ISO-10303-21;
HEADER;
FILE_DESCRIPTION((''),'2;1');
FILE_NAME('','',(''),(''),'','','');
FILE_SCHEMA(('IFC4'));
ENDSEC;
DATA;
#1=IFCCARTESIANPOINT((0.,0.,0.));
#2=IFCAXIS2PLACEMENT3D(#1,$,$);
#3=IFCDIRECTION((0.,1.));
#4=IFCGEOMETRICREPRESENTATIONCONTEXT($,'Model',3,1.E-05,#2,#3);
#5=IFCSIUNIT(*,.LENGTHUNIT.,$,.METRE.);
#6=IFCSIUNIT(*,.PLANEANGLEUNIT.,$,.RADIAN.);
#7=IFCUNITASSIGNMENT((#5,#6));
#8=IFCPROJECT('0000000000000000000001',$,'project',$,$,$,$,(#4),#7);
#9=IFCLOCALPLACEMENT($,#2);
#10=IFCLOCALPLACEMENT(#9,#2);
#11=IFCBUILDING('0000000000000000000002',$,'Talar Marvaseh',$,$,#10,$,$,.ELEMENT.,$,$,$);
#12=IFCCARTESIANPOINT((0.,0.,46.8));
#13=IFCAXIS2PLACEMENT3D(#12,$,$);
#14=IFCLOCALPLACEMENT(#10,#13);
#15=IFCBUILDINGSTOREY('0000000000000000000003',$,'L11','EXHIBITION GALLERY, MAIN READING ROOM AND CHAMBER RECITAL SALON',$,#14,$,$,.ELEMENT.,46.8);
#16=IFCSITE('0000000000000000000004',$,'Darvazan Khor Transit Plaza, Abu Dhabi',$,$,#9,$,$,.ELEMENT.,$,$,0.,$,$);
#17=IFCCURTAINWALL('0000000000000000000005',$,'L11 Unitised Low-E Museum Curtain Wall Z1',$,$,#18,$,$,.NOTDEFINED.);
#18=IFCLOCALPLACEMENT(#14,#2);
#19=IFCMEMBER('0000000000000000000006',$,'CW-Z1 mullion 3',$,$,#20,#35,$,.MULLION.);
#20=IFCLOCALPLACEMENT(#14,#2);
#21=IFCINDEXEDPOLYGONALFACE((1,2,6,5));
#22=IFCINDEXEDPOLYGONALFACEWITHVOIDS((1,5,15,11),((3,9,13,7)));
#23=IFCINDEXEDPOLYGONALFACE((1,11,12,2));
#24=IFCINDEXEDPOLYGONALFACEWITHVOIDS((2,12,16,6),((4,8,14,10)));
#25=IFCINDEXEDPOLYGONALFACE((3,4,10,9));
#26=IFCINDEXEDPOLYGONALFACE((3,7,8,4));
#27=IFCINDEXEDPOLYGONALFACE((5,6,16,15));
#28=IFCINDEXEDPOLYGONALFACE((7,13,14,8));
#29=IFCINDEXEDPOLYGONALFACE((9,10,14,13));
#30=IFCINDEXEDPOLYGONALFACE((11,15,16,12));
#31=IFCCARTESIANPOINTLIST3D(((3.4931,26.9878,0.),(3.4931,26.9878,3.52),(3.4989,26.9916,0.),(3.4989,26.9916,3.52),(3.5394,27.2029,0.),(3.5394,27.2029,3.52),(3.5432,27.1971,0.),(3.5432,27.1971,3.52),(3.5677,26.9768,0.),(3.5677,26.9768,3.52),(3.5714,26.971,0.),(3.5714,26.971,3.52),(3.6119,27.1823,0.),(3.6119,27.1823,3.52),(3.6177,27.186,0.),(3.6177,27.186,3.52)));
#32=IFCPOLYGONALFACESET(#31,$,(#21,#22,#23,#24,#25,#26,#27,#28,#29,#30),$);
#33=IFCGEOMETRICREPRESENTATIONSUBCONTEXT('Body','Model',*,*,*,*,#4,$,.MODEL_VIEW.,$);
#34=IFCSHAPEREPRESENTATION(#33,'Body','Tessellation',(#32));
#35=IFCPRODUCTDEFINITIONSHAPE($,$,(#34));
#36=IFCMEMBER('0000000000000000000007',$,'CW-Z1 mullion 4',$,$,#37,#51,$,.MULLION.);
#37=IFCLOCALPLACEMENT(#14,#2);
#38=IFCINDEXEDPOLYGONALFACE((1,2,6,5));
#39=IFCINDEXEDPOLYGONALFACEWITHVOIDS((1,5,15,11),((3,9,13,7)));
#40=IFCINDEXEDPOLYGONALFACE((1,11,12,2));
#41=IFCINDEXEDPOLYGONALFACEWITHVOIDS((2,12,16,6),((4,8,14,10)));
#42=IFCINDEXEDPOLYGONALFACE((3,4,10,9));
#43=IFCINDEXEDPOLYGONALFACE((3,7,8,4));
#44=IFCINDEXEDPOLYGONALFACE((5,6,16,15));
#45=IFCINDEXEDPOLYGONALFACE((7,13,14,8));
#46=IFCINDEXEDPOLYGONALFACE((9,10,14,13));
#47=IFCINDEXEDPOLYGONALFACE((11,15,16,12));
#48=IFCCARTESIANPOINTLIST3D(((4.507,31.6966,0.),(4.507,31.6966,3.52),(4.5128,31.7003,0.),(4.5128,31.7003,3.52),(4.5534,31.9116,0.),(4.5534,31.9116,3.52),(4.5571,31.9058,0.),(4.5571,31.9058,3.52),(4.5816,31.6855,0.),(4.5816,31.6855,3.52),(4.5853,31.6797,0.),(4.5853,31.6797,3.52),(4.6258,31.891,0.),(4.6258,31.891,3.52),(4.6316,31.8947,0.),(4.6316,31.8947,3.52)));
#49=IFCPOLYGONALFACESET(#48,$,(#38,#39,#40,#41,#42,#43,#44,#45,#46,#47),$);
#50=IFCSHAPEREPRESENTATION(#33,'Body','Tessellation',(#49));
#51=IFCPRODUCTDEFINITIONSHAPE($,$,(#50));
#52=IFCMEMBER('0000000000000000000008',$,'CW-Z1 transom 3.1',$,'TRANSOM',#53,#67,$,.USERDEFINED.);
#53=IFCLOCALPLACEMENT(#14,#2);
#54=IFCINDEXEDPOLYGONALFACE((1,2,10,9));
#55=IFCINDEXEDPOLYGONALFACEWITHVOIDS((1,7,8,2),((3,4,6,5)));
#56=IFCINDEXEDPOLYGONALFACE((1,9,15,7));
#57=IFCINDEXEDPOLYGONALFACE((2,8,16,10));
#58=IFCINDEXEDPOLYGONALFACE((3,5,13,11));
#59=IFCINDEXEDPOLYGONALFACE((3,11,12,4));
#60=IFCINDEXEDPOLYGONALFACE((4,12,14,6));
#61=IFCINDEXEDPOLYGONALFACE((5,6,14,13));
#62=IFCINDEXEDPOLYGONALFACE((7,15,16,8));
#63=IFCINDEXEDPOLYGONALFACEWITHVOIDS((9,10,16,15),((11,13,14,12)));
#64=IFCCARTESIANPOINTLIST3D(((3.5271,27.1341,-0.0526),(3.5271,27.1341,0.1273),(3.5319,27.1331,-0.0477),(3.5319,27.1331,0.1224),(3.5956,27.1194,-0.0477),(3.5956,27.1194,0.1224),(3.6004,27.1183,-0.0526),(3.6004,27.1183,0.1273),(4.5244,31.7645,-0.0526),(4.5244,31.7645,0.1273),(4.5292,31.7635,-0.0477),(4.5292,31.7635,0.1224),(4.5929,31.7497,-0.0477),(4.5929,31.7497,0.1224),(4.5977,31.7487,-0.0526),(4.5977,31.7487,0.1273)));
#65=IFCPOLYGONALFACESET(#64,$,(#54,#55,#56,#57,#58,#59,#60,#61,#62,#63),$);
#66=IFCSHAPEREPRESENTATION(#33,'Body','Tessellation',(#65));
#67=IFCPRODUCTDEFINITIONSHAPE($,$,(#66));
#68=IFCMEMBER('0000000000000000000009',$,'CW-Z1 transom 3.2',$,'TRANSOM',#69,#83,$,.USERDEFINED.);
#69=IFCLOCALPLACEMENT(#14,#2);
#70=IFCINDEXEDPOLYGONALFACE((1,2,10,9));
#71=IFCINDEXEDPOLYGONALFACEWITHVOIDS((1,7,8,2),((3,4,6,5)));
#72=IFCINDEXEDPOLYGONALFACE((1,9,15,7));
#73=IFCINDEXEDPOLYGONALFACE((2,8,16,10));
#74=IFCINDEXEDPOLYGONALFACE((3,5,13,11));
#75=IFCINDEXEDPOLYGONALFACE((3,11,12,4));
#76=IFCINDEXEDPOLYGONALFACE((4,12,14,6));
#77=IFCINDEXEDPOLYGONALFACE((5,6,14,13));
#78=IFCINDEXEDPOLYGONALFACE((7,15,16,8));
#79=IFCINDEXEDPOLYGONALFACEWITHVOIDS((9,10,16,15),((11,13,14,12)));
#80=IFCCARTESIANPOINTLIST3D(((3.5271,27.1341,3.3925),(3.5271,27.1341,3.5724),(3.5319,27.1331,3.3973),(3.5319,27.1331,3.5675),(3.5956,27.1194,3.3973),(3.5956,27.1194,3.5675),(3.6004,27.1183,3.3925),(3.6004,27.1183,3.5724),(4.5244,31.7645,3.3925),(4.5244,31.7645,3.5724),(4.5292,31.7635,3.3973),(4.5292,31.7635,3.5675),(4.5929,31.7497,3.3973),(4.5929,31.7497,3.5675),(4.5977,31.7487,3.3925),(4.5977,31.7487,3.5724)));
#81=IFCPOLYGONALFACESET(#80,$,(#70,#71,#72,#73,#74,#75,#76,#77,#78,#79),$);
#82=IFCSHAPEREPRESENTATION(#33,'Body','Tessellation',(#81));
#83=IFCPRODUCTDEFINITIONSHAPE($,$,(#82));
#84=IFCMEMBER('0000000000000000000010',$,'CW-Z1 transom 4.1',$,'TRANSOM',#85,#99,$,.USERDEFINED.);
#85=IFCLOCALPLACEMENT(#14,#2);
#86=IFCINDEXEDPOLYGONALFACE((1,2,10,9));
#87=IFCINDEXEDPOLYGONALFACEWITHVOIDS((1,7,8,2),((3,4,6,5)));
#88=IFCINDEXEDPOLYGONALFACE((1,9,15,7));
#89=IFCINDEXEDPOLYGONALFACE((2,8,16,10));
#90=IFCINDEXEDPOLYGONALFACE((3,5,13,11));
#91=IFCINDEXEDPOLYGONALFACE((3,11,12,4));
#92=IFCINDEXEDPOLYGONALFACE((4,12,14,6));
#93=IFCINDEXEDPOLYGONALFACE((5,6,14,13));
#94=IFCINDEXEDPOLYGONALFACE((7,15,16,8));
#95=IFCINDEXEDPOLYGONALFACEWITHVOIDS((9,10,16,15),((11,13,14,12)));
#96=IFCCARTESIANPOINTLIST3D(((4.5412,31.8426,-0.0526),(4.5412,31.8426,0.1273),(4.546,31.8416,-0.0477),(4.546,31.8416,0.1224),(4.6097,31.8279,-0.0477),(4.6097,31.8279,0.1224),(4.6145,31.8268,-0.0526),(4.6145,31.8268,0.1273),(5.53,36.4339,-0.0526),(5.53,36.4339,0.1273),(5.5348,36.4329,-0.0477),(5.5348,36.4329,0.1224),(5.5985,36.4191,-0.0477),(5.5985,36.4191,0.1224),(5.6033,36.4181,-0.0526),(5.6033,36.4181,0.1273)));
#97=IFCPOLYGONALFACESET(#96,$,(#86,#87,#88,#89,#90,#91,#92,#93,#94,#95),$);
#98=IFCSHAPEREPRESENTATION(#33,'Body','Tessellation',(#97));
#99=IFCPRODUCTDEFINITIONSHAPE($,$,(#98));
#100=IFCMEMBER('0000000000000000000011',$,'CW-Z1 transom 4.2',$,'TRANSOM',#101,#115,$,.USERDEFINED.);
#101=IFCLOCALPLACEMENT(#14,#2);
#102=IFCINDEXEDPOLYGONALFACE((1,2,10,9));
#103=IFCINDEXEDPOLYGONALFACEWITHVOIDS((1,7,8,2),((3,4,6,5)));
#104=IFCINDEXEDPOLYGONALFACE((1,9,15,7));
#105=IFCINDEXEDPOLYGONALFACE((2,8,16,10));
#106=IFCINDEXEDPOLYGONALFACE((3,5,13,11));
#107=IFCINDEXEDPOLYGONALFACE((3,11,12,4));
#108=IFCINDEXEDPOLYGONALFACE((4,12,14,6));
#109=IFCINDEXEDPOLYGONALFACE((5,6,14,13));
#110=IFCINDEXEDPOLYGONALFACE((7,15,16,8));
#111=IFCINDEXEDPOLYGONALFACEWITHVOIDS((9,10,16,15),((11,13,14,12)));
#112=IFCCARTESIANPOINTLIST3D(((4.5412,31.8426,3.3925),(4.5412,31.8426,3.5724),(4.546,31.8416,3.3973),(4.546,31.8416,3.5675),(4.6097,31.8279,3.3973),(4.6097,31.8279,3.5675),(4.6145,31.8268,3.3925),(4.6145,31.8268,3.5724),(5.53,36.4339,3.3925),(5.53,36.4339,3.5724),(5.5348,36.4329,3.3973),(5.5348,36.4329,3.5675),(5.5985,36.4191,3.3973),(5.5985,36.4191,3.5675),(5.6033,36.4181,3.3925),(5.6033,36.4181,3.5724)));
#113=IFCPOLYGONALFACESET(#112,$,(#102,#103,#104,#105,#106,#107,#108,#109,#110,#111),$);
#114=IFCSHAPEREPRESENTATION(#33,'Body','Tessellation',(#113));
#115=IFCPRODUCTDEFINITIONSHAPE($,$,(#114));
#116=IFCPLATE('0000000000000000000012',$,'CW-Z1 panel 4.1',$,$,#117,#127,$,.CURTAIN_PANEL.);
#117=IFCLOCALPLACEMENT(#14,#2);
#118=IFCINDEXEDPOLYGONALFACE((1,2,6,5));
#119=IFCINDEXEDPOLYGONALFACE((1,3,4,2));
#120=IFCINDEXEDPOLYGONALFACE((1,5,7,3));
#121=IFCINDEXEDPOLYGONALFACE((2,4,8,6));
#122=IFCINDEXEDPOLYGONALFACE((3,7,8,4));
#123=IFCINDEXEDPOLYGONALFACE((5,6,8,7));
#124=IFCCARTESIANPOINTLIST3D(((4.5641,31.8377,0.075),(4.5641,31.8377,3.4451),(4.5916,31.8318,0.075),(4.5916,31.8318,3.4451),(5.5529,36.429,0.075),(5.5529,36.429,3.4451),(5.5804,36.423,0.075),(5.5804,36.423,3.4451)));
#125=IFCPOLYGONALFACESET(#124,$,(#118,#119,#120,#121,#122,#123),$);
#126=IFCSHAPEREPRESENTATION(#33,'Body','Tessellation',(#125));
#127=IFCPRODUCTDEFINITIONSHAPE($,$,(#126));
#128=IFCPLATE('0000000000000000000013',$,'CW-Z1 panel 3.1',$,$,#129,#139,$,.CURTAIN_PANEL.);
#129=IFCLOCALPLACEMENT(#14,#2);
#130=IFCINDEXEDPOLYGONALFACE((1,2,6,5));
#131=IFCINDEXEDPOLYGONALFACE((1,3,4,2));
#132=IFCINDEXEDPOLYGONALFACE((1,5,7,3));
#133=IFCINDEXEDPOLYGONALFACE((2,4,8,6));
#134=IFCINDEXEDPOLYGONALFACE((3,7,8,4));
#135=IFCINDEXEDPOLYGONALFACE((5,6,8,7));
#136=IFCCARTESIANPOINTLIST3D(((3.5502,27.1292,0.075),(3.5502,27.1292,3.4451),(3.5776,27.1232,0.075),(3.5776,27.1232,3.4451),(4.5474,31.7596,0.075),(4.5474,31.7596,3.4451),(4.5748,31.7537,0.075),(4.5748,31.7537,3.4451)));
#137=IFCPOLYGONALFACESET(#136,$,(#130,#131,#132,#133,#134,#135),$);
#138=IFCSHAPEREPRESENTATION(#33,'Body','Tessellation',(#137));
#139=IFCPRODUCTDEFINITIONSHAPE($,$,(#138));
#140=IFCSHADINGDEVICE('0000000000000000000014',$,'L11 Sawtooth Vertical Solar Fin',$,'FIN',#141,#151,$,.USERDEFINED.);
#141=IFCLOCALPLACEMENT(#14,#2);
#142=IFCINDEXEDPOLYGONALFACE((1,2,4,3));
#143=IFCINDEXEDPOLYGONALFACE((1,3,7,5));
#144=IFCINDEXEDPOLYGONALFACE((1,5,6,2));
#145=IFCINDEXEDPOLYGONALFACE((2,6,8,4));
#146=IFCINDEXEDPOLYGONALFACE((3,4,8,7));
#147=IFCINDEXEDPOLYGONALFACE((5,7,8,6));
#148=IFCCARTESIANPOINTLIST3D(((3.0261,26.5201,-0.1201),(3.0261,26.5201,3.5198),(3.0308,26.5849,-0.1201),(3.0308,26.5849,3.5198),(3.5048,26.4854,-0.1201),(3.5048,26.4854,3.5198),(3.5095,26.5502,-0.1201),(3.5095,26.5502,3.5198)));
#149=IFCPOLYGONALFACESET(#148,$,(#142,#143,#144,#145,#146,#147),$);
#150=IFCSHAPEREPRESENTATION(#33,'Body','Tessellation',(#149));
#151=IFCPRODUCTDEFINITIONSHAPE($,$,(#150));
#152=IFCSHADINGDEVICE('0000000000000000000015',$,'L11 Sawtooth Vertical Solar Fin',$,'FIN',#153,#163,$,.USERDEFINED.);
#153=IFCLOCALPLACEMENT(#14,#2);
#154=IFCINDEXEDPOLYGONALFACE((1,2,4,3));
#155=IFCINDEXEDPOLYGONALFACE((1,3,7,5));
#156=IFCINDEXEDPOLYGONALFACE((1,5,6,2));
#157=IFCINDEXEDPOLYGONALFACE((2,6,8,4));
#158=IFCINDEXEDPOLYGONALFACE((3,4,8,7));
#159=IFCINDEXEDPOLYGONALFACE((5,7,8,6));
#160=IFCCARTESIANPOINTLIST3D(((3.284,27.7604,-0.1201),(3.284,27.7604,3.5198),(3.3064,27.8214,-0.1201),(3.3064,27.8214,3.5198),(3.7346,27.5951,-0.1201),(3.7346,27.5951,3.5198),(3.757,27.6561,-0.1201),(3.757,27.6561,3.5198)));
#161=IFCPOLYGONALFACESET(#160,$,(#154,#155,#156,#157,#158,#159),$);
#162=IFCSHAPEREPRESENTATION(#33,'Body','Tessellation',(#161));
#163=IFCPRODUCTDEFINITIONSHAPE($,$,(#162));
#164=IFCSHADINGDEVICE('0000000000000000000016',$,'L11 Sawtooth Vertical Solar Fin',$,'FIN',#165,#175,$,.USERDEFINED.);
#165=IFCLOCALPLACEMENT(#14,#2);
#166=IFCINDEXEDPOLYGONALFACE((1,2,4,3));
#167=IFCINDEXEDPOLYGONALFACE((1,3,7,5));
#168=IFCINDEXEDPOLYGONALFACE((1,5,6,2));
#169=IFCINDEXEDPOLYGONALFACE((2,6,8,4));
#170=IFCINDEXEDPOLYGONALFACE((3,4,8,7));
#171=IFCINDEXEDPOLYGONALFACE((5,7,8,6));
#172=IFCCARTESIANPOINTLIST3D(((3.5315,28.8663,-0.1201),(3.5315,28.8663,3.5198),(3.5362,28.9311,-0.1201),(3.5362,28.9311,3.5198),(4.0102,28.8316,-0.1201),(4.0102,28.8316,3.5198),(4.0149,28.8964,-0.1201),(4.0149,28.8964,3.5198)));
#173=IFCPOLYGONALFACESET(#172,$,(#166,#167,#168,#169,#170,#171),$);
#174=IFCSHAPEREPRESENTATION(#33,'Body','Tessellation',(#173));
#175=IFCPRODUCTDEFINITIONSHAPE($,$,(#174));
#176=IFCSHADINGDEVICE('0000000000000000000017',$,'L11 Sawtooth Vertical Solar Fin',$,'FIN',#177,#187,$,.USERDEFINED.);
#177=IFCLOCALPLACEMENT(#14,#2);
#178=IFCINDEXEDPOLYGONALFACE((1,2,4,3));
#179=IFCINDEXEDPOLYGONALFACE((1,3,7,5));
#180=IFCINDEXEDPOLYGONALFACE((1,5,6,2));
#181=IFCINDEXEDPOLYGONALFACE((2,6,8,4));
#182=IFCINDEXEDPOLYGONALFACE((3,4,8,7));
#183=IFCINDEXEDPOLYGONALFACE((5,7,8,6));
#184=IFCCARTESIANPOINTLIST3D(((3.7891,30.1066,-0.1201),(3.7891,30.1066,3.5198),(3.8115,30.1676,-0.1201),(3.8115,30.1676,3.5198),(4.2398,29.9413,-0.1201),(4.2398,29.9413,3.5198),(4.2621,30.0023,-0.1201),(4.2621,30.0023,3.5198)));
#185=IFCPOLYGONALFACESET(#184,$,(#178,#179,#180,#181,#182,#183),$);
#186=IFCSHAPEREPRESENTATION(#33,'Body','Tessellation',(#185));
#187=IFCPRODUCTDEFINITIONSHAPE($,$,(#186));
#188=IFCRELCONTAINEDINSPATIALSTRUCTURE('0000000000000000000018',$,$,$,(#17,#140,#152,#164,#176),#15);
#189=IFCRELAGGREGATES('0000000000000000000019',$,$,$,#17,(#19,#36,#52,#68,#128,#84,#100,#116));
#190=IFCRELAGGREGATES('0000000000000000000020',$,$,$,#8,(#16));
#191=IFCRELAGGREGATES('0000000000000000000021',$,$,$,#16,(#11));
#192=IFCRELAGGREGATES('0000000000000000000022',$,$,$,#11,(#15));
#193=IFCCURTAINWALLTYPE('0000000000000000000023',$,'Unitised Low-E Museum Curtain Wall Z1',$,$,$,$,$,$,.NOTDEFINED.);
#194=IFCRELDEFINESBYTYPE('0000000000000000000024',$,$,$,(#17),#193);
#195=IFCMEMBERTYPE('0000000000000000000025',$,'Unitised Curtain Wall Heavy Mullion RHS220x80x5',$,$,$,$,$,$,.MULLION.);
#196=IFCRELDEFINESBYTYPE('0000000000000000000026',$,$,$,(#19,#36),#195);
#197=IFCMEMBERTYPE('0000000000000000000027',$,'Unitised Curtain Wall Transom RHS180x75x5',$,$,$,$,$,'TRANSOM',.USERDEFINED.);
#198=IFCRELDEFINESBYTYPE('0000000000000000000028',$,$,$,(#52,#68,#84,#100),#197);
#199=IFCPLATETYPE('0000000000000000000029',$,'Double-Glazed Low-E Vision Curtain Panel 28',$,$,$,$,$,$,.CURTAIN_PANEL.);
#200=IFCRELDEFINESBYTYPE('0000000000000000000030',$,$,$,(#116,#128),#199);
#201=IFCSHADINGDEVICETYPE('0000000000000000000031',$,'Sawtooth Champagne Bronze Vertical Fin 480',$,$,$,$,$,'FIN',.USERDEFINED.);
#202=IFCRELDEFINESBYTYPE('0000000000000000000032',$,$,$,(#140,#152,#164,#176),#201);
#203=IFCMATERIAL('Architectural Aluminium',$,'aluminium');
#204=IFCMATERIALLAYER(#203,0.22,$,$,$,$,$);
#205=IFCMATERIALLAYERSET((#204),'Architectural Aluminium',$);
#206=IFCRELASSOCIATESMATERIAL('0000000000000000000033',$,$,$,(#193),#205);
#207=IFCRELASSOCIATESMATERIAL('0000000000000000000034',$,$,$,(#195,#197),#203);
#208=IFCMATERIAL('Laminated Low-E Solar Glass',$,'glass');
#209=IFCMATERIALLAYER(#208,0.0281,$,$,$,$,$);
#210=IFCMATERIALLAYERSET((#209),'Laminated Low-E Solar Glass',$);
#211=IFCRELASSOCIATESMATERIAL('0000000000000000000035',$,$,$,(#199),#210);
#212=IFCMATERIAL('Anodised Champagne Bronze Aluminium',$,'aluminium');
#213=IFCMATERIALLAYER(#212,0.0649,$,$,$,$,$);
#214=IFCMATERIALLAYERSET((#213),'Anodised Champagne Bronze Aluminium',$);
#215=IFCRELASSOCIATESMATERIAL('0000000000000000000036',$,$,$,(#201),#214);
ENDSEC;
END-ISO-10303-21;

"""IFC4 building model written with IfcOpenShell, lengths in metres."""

from ifc_helpers import new_model, si_unit, direction, frame, origin, origin_2d, place, context, subcontext, project, spatial, rectangle, hollow_rectangle, extrude, source, transform, mapped, material, layer, layer_set, material_profile, profile_set, type_object, type_shapes, element, aggregate, save


model = new_model("IFC4")

# Units and contexts
model_context = context("Model", 3, precision=1e-05, world=origin(), true_north=direction((0.0, 1.0)))
body_context = subcontext(model_context, "Body", "Model", "MODEL_VIEW")
ifc_project = project(units=[si_unit("LENGTHUNIT", "METRE"), si_unit("PLANEANGLEUNIT", "RADIAN")], contexts=[model_context])

# Site, building, storey
site_placement = place(None, origin())
site = spatial("IfcSite", under=ifc_project, at=site_placement, Name="Darvazan Khor Transit Plaza, Abu Dhabi", CompositionType="ELEMENT", RefElevation=0.0)
building_placement = place(site_placement, origin())
building = spatial("IfcBuilding", under=site, at=building_placement, Name="Talar Marvaseh", CompositionType="ELEMENT")
storey_placement = place(building_placement, frame((0.0, 0.0, 46.8)))
storey = spatial("IfcBuildingStorey", under=building, at=storey_placement, Name="L11", Description="EXHIBITION GALLERY, MAIN READING ROOM AND CHAMBER RECITAL SALON", CompositionType="ELEMENT", Elevation=46.8)

# Curtain wall, members, plates
ifc_material_1 = material(Name="Architectural Aluminium", Category="aluminium")
ifc_layer_1 = layer(ifc_material_1, 0.22)
ifc_layer_set_1 = layer_set([ifc_layer_1], Name="Architectural Aluminium")
curtain_wall_type = type_object("IfcCurtainWallType", Name="Unitised Low-E Museum Curtain Wall Z1", PredefinedType="NOTDEFINED", material=ifc_layer_set_1)
curtain_wall_placement = place(storey_placement, origin())
curtain_wall = element("IfcCurtainWall", 1, at=curtain_wall_placement, inside=storey, type_object=curtain_wall_type, Name="L11 Unitised Low-E Museum Curtain Wall Z1", PredefinedType="NOTDEFINED")
ifc_material_profile_1 = material_profile(ifc_material_1, hollow_rectangle(XDim=0.0801, YDim=0.22, WallThickness=0.0049, at=origin_2d()), Name="RHS220x80x5")
ifc_profile_set_1 = profile_set([ifc_material_profile_1], Name="Architectural Aluminium")
member_type_1 = type_object("IfcMemberType", Name="Unitised Curtain Wall Heavy Mullion RHS220x80x5", PredefinedType="MULLION", material=ifc_profile_set_1)
shared_shape_1 = source(origin(), body_context, "Body", "SweptSolid", [
    extrude(hollow_rectangle(XDim=0.0801, YDim=0.22, WallThickness=0.0049, at=origin_2d()), origin(), (0.0, 0.0, 1.0), 3.52),
])
type_shapes(member_type_1, [shared_shape_1])
member_1_placement = place(storey_placement, frame((3.5554, 27.0869, 0.0), z_axis=(0.0, 0.0, 1.0), x_axis=(-0.977586, 0.210537, 0.0)))
member_1 = element("IfcMember", 2, at=member_1_placement, type_object=member_type_1, Name="CW-Z1 mullion 3", PredefinedType="MULLION", context=body_context, shape_type="MappedRepresentation", body=[
    mapped(shared_shape_1, transform((0.0, 0.0, 0.0), x_axis=(1.0, 0.0, 0.0), y_axis=(0.0, 1.0, 0.0), z_axis=(0.0, 0.0, 1.0), scale=1.0)),
])
member_2_placement = place(storey_placement, frame((4.5693, 31.7957, 0.0), z_axis=(0.0, 0.0, 1.0), x_axis=(-0.977586, 0.210537, 0.0)))
member_2 = element("IfcMember", 3, at=member_2_placement, type_object=member_type_1, Name="CW-Z1 mullion 4", PredefinedType="MULLION", context=body_context, shape_type="MappedRepresentation", body=[
    mapped(shared_shape_1, transform((0.0, 0.0, 0.0), x_axis=(1.0, 0.0, 0.0), y_axis=(0.0, 1.0, 0.0), z_axis=(0.0, 0.0, 1.0), scale=1.0)),
])
ifc_material_profile_2 = material_profile(ifc_material_1, hollow_rectangle(XDim=0.075, YDim=0.1799, WallThickness=0.0049, at=origin_2d()), Name="RHS180x75x5")
ifc_profile_set_2 = profile_set([ifc_material_profile_2], Name="Architectural Aluminium")
member_type_2 = type_object("IfcMemberType", Name="Unitised Curtain Wall Transom RHS180x75x5", ElementType="TRANSOM", PredefinedType="USERDEFINED", material=ifc_profile_set_2)
shared_shape_2 = source(origin(), body_context, "Body", "SweptSolid", [
    extrude(hollow_rectangle(XDim=0.075, YDim=0.1799, WallThickness=0.0049, at=origin_2d()), origin(), (0.0, 0.0, 1.0), 4.7366),
])
member_3_placement = place(storey_placement, frame((3.5637, 27.1262, 0.0374), z_axis=(0.210557, 0.977582, 0.0), x_axis=(-0.977582, 0.210557, 0.0)))
member_3 = element("IfcMember", 4, at=member_3_placement, type_object=member_type_2, Name="CW-Z1 transom 3.1", ObjectType="TRANSOM", PredefinedType="USERDEFINED", context=body_context, shape_type="MappedRepresentation", body=[
    mapped(shared_shape_2, transform((0.0, 0.0, 0.0), x_axis=(1.0, 0.0, 0.0), y_axis=(0.0, 1.0, 0.0), z_axis=(0.0, 0.0, 1.0), scale=1.0)),
])
member_4_placement = place(storey_placement, frame((3.5637, 27.1262, 3.4824), z_axis=(0.210557, 0.977582, 0.0), x_axis=(-0.977582, 0.210557, 0.0)))
member_4 = element("IfcMember", 5, at=member_4_placement, type_object=member_type_2, Name="CW-Z1 transom 3.2", ObjectType="TRANSOM", PredefinedType="USERDEFINED", context=body_context, shape_type="MappedRepresentation", body=[
    mapped(shared_shape_2, transform((0.0, 0.0, 0.0), x_axis=(1.0, 0.0, 0.0), y_axis=(0.0, 1.0, 0.0), z_axis=(0.0, 0.0, 1.0), scale=1.0)),
])
shared_shape_3 = source(origin(), body_context, "Body", "SweptSolid", [
    extrude(hollow_rectangle(XDim=0.075, YDim=0.1799, WallThickness=0.0049, at=origin_2d()), origin(), (0.0, 0.0, 1.0), 4.6965),
])
type_shapes(member_type_2, [shared_shape_2, shared_shape_3])
member_5_placement = place(storey_placement, frame((4.5779, 31.8347, 0.0374), z_axis=(0.21053, 0.977587, 0.0), x_axis=(-0.977587, 0.21053, 0.0)))
member_5 = element("IfcMember", 6, at=member_5_placement, type_object=member_type_2, Name="CW-Z1 transom 4.1", ObjectType="TRANSOM", PredefinedType="USERDEFINED", context=body_context, shape_type="MappedRepresentation", body=[
    mapped(shared_shape_3, transform((0.0, 0.0, 0.0), x_axis=(1.0, 0.0, 0.0), y_axis=(0.0, 1.0, 0.0), z_axis=(0.0, 0.0, 1.0), scale=1.0)),
])
member_6_placement = place(storey_placement, frame((4.5779, 31.8347, 3.4824), z_axis=(0.21053, 0.977587, 0.0), x_axis=(-0.977587, 0.21053, 0.0)))
member_6 = element("IfcMember", 7, at=member_6_placement, type_object=member_type_2, Name="CW-Z1 transom 4.2", ObjectType="TRANSOM", PredefinedType="USERDEFINED", context=body_context, shape_type="MappedRepresentation", body=[
    mapped(shared_shape_3, transform((0.0, 0.0, 0.0), x_axis=(1.0, 0.0, 0.0), y_axis=(0.0, 1.0, 0.0), z_axis=(0.0, 0.0, 1.0), scale=1.0)),
])
ifc_material_2 = material(Name="Laminated Low-E Solar Glass", Category="glass")
ifc_layer_2 = layer(ifc_material_2, 0.0281)
ifc_layer_set_2 = layer_set([ifc_layer_2], Name="Laminated Low-E Solar Glass")
plate_type = type_object("IfcPlateType", Name="Double-Glazed Low-E Vision Curtain Panel 28", PredefinedType="CURTAIN_PANEL", material=ifc_layer_set_2)
shared_shape_4 = source(origin(), body_context, "Body", "SweptSolid", [
    extrude(rectangle(XDim=4.6965, YDim=0.0281, at=origin_2d()), origin(), (0.0, 0.0, 1.0), 3.3701),
])
plate_1_placement = place(storey_placement, frame((5.0723, 34.1304, 0.075), z_axis=(0.0, 0.0, 1.0), x_axis=(0.210537, 0.977586, 0.0)))
plate_1 = element("IfcPlate", 8, at=plate_1_placement, type_object=plate_type, Name="CW-Z1 panel 4.1", PredefinedType="CURTAIN_PANEL", context=body_context, shape_type="MappedRepresentation", body=[
    mapped(shared_shape_4, transform((0.0, 0.0, 0.0), x_axis=(1.0, 0.0, 0.0), y_axis=(0.0, 1.0, 0.0), z_axis=(0.0, 0.0, 1.0), scale=1.0)),
])
shared_shape_5 = source(origin(), body_context, "Body", "SweptSolid", [
    extrude(rectangle(XDim=4.7366, YDim=0.0281, at=origin_2d()), origin(), (0.0, 0.0, 1.0), 3.3701),
])
type_shapes(plate_type, [shared_shape_4, shared_shape_5])
plate_2_placement = place(storey_placement, frame((4.0625, 29.4414, 0.075), z_axis=(0.0, 0.0, 1.0), x_axis=(0.210537, 0.977586, 0.0)))
plate_2 = element("IfcPlate", 9, at=plate_2_placement, type_object=plate_type, Name="CW-Z1 panel 3.1", PredefinedType="CURTAIN_PANEL", context=body_context, shape_type="MappedRepresentation", body=[
    mapped(shared_shape_5, transform((0.0, 0.0, 0.0), x_axis=(1.0, 0.0, 0.0), y_axis=(0.0, 1.0, 0.0), z_axis=(0.0, 0.0, 1.0), scale=1.0)),
])
aggregate(curtain_wall, [member_1, member_2, member_3, member_4, plate_2, member_5, member_6, plate_1])

# Shading devices
ifc_material_3 = material(Name="Anodised Champagne Bronze Aluminium", Category="aluminium")
ifc_layer_3 = layer(ifc_material_3, 0.0649)
ifc_layer_set_3 = layer_set([ifc_layer_3], Name="Anodised Champagne Bronze Aluminium")
shading_device_type_1 = type_object("IfcShadingDeviceType", Name="Sawtooth Champagne Bronze Vertical Fin 480", ElementType="FIN", PredefinedType="USERDEFINED", material=ifc_layer_set_3)
shared_shape_6 = source(origin(), body_context, "Body", "SweptSolid", [
    extrude(rectangle(XDim=0.48, YDim=0.0649, at=origin_2d()), origin(), (0.0, 0.0, 1.0), 3.6399),
])
type_shapes(shading_device_type_1, [shared_shape_6])
for number, where, z_axis, x_axis, name in (
    (10, (3.2678, 26.5352, -0.1201), (0.0, 0.0, 1.0), (-0.997378, 0.072368, 0.0), "L11 Sawtooth Vertical Solar Fin"),
    (11, (3.5205, 27.7083, -0.1201), (0.0, 0.0, 1.0), (-0.938794, 0.344479, 0.0), "L11 Sawtooth Vertical Solar Fin"),
    (12, (3.7732, 28.8813, -0.1201), (0.0, 0.0, 1.0), (-0.997378, 0.072368, 0.0), "L11 Sawtooth Vertical Solar Fin"),
    (13, (4.0256, 30.0544, -0.1201), (0.0, 0.0, 1.0), (-0.938794, 0.344479, 0.0), "L11 Sawtooth Vertical Solar Fin"),
):
    element("IfcShadingDevice", number, at=place(storey_placement, frame(where, z_axis=z_axis, x_axis=x_axis)), inside=storey, type_object=shading_device_type_1, Name=name, ObjectType="FIN", PredefinedType="USERDEFINED", context=body_context, shape_type="MappedRepresentation", body=[
        mapped(shared_shape_6, transform((0.0, 0.0, 0.0), x_axis=(1.0, 0.0, 0.0), y_axis=(0.0, 1.0, 0.0), z_axis=(0.0, 0.0, 1.0), scale=1.0)),
    ])

save(model, "model.ifc")
